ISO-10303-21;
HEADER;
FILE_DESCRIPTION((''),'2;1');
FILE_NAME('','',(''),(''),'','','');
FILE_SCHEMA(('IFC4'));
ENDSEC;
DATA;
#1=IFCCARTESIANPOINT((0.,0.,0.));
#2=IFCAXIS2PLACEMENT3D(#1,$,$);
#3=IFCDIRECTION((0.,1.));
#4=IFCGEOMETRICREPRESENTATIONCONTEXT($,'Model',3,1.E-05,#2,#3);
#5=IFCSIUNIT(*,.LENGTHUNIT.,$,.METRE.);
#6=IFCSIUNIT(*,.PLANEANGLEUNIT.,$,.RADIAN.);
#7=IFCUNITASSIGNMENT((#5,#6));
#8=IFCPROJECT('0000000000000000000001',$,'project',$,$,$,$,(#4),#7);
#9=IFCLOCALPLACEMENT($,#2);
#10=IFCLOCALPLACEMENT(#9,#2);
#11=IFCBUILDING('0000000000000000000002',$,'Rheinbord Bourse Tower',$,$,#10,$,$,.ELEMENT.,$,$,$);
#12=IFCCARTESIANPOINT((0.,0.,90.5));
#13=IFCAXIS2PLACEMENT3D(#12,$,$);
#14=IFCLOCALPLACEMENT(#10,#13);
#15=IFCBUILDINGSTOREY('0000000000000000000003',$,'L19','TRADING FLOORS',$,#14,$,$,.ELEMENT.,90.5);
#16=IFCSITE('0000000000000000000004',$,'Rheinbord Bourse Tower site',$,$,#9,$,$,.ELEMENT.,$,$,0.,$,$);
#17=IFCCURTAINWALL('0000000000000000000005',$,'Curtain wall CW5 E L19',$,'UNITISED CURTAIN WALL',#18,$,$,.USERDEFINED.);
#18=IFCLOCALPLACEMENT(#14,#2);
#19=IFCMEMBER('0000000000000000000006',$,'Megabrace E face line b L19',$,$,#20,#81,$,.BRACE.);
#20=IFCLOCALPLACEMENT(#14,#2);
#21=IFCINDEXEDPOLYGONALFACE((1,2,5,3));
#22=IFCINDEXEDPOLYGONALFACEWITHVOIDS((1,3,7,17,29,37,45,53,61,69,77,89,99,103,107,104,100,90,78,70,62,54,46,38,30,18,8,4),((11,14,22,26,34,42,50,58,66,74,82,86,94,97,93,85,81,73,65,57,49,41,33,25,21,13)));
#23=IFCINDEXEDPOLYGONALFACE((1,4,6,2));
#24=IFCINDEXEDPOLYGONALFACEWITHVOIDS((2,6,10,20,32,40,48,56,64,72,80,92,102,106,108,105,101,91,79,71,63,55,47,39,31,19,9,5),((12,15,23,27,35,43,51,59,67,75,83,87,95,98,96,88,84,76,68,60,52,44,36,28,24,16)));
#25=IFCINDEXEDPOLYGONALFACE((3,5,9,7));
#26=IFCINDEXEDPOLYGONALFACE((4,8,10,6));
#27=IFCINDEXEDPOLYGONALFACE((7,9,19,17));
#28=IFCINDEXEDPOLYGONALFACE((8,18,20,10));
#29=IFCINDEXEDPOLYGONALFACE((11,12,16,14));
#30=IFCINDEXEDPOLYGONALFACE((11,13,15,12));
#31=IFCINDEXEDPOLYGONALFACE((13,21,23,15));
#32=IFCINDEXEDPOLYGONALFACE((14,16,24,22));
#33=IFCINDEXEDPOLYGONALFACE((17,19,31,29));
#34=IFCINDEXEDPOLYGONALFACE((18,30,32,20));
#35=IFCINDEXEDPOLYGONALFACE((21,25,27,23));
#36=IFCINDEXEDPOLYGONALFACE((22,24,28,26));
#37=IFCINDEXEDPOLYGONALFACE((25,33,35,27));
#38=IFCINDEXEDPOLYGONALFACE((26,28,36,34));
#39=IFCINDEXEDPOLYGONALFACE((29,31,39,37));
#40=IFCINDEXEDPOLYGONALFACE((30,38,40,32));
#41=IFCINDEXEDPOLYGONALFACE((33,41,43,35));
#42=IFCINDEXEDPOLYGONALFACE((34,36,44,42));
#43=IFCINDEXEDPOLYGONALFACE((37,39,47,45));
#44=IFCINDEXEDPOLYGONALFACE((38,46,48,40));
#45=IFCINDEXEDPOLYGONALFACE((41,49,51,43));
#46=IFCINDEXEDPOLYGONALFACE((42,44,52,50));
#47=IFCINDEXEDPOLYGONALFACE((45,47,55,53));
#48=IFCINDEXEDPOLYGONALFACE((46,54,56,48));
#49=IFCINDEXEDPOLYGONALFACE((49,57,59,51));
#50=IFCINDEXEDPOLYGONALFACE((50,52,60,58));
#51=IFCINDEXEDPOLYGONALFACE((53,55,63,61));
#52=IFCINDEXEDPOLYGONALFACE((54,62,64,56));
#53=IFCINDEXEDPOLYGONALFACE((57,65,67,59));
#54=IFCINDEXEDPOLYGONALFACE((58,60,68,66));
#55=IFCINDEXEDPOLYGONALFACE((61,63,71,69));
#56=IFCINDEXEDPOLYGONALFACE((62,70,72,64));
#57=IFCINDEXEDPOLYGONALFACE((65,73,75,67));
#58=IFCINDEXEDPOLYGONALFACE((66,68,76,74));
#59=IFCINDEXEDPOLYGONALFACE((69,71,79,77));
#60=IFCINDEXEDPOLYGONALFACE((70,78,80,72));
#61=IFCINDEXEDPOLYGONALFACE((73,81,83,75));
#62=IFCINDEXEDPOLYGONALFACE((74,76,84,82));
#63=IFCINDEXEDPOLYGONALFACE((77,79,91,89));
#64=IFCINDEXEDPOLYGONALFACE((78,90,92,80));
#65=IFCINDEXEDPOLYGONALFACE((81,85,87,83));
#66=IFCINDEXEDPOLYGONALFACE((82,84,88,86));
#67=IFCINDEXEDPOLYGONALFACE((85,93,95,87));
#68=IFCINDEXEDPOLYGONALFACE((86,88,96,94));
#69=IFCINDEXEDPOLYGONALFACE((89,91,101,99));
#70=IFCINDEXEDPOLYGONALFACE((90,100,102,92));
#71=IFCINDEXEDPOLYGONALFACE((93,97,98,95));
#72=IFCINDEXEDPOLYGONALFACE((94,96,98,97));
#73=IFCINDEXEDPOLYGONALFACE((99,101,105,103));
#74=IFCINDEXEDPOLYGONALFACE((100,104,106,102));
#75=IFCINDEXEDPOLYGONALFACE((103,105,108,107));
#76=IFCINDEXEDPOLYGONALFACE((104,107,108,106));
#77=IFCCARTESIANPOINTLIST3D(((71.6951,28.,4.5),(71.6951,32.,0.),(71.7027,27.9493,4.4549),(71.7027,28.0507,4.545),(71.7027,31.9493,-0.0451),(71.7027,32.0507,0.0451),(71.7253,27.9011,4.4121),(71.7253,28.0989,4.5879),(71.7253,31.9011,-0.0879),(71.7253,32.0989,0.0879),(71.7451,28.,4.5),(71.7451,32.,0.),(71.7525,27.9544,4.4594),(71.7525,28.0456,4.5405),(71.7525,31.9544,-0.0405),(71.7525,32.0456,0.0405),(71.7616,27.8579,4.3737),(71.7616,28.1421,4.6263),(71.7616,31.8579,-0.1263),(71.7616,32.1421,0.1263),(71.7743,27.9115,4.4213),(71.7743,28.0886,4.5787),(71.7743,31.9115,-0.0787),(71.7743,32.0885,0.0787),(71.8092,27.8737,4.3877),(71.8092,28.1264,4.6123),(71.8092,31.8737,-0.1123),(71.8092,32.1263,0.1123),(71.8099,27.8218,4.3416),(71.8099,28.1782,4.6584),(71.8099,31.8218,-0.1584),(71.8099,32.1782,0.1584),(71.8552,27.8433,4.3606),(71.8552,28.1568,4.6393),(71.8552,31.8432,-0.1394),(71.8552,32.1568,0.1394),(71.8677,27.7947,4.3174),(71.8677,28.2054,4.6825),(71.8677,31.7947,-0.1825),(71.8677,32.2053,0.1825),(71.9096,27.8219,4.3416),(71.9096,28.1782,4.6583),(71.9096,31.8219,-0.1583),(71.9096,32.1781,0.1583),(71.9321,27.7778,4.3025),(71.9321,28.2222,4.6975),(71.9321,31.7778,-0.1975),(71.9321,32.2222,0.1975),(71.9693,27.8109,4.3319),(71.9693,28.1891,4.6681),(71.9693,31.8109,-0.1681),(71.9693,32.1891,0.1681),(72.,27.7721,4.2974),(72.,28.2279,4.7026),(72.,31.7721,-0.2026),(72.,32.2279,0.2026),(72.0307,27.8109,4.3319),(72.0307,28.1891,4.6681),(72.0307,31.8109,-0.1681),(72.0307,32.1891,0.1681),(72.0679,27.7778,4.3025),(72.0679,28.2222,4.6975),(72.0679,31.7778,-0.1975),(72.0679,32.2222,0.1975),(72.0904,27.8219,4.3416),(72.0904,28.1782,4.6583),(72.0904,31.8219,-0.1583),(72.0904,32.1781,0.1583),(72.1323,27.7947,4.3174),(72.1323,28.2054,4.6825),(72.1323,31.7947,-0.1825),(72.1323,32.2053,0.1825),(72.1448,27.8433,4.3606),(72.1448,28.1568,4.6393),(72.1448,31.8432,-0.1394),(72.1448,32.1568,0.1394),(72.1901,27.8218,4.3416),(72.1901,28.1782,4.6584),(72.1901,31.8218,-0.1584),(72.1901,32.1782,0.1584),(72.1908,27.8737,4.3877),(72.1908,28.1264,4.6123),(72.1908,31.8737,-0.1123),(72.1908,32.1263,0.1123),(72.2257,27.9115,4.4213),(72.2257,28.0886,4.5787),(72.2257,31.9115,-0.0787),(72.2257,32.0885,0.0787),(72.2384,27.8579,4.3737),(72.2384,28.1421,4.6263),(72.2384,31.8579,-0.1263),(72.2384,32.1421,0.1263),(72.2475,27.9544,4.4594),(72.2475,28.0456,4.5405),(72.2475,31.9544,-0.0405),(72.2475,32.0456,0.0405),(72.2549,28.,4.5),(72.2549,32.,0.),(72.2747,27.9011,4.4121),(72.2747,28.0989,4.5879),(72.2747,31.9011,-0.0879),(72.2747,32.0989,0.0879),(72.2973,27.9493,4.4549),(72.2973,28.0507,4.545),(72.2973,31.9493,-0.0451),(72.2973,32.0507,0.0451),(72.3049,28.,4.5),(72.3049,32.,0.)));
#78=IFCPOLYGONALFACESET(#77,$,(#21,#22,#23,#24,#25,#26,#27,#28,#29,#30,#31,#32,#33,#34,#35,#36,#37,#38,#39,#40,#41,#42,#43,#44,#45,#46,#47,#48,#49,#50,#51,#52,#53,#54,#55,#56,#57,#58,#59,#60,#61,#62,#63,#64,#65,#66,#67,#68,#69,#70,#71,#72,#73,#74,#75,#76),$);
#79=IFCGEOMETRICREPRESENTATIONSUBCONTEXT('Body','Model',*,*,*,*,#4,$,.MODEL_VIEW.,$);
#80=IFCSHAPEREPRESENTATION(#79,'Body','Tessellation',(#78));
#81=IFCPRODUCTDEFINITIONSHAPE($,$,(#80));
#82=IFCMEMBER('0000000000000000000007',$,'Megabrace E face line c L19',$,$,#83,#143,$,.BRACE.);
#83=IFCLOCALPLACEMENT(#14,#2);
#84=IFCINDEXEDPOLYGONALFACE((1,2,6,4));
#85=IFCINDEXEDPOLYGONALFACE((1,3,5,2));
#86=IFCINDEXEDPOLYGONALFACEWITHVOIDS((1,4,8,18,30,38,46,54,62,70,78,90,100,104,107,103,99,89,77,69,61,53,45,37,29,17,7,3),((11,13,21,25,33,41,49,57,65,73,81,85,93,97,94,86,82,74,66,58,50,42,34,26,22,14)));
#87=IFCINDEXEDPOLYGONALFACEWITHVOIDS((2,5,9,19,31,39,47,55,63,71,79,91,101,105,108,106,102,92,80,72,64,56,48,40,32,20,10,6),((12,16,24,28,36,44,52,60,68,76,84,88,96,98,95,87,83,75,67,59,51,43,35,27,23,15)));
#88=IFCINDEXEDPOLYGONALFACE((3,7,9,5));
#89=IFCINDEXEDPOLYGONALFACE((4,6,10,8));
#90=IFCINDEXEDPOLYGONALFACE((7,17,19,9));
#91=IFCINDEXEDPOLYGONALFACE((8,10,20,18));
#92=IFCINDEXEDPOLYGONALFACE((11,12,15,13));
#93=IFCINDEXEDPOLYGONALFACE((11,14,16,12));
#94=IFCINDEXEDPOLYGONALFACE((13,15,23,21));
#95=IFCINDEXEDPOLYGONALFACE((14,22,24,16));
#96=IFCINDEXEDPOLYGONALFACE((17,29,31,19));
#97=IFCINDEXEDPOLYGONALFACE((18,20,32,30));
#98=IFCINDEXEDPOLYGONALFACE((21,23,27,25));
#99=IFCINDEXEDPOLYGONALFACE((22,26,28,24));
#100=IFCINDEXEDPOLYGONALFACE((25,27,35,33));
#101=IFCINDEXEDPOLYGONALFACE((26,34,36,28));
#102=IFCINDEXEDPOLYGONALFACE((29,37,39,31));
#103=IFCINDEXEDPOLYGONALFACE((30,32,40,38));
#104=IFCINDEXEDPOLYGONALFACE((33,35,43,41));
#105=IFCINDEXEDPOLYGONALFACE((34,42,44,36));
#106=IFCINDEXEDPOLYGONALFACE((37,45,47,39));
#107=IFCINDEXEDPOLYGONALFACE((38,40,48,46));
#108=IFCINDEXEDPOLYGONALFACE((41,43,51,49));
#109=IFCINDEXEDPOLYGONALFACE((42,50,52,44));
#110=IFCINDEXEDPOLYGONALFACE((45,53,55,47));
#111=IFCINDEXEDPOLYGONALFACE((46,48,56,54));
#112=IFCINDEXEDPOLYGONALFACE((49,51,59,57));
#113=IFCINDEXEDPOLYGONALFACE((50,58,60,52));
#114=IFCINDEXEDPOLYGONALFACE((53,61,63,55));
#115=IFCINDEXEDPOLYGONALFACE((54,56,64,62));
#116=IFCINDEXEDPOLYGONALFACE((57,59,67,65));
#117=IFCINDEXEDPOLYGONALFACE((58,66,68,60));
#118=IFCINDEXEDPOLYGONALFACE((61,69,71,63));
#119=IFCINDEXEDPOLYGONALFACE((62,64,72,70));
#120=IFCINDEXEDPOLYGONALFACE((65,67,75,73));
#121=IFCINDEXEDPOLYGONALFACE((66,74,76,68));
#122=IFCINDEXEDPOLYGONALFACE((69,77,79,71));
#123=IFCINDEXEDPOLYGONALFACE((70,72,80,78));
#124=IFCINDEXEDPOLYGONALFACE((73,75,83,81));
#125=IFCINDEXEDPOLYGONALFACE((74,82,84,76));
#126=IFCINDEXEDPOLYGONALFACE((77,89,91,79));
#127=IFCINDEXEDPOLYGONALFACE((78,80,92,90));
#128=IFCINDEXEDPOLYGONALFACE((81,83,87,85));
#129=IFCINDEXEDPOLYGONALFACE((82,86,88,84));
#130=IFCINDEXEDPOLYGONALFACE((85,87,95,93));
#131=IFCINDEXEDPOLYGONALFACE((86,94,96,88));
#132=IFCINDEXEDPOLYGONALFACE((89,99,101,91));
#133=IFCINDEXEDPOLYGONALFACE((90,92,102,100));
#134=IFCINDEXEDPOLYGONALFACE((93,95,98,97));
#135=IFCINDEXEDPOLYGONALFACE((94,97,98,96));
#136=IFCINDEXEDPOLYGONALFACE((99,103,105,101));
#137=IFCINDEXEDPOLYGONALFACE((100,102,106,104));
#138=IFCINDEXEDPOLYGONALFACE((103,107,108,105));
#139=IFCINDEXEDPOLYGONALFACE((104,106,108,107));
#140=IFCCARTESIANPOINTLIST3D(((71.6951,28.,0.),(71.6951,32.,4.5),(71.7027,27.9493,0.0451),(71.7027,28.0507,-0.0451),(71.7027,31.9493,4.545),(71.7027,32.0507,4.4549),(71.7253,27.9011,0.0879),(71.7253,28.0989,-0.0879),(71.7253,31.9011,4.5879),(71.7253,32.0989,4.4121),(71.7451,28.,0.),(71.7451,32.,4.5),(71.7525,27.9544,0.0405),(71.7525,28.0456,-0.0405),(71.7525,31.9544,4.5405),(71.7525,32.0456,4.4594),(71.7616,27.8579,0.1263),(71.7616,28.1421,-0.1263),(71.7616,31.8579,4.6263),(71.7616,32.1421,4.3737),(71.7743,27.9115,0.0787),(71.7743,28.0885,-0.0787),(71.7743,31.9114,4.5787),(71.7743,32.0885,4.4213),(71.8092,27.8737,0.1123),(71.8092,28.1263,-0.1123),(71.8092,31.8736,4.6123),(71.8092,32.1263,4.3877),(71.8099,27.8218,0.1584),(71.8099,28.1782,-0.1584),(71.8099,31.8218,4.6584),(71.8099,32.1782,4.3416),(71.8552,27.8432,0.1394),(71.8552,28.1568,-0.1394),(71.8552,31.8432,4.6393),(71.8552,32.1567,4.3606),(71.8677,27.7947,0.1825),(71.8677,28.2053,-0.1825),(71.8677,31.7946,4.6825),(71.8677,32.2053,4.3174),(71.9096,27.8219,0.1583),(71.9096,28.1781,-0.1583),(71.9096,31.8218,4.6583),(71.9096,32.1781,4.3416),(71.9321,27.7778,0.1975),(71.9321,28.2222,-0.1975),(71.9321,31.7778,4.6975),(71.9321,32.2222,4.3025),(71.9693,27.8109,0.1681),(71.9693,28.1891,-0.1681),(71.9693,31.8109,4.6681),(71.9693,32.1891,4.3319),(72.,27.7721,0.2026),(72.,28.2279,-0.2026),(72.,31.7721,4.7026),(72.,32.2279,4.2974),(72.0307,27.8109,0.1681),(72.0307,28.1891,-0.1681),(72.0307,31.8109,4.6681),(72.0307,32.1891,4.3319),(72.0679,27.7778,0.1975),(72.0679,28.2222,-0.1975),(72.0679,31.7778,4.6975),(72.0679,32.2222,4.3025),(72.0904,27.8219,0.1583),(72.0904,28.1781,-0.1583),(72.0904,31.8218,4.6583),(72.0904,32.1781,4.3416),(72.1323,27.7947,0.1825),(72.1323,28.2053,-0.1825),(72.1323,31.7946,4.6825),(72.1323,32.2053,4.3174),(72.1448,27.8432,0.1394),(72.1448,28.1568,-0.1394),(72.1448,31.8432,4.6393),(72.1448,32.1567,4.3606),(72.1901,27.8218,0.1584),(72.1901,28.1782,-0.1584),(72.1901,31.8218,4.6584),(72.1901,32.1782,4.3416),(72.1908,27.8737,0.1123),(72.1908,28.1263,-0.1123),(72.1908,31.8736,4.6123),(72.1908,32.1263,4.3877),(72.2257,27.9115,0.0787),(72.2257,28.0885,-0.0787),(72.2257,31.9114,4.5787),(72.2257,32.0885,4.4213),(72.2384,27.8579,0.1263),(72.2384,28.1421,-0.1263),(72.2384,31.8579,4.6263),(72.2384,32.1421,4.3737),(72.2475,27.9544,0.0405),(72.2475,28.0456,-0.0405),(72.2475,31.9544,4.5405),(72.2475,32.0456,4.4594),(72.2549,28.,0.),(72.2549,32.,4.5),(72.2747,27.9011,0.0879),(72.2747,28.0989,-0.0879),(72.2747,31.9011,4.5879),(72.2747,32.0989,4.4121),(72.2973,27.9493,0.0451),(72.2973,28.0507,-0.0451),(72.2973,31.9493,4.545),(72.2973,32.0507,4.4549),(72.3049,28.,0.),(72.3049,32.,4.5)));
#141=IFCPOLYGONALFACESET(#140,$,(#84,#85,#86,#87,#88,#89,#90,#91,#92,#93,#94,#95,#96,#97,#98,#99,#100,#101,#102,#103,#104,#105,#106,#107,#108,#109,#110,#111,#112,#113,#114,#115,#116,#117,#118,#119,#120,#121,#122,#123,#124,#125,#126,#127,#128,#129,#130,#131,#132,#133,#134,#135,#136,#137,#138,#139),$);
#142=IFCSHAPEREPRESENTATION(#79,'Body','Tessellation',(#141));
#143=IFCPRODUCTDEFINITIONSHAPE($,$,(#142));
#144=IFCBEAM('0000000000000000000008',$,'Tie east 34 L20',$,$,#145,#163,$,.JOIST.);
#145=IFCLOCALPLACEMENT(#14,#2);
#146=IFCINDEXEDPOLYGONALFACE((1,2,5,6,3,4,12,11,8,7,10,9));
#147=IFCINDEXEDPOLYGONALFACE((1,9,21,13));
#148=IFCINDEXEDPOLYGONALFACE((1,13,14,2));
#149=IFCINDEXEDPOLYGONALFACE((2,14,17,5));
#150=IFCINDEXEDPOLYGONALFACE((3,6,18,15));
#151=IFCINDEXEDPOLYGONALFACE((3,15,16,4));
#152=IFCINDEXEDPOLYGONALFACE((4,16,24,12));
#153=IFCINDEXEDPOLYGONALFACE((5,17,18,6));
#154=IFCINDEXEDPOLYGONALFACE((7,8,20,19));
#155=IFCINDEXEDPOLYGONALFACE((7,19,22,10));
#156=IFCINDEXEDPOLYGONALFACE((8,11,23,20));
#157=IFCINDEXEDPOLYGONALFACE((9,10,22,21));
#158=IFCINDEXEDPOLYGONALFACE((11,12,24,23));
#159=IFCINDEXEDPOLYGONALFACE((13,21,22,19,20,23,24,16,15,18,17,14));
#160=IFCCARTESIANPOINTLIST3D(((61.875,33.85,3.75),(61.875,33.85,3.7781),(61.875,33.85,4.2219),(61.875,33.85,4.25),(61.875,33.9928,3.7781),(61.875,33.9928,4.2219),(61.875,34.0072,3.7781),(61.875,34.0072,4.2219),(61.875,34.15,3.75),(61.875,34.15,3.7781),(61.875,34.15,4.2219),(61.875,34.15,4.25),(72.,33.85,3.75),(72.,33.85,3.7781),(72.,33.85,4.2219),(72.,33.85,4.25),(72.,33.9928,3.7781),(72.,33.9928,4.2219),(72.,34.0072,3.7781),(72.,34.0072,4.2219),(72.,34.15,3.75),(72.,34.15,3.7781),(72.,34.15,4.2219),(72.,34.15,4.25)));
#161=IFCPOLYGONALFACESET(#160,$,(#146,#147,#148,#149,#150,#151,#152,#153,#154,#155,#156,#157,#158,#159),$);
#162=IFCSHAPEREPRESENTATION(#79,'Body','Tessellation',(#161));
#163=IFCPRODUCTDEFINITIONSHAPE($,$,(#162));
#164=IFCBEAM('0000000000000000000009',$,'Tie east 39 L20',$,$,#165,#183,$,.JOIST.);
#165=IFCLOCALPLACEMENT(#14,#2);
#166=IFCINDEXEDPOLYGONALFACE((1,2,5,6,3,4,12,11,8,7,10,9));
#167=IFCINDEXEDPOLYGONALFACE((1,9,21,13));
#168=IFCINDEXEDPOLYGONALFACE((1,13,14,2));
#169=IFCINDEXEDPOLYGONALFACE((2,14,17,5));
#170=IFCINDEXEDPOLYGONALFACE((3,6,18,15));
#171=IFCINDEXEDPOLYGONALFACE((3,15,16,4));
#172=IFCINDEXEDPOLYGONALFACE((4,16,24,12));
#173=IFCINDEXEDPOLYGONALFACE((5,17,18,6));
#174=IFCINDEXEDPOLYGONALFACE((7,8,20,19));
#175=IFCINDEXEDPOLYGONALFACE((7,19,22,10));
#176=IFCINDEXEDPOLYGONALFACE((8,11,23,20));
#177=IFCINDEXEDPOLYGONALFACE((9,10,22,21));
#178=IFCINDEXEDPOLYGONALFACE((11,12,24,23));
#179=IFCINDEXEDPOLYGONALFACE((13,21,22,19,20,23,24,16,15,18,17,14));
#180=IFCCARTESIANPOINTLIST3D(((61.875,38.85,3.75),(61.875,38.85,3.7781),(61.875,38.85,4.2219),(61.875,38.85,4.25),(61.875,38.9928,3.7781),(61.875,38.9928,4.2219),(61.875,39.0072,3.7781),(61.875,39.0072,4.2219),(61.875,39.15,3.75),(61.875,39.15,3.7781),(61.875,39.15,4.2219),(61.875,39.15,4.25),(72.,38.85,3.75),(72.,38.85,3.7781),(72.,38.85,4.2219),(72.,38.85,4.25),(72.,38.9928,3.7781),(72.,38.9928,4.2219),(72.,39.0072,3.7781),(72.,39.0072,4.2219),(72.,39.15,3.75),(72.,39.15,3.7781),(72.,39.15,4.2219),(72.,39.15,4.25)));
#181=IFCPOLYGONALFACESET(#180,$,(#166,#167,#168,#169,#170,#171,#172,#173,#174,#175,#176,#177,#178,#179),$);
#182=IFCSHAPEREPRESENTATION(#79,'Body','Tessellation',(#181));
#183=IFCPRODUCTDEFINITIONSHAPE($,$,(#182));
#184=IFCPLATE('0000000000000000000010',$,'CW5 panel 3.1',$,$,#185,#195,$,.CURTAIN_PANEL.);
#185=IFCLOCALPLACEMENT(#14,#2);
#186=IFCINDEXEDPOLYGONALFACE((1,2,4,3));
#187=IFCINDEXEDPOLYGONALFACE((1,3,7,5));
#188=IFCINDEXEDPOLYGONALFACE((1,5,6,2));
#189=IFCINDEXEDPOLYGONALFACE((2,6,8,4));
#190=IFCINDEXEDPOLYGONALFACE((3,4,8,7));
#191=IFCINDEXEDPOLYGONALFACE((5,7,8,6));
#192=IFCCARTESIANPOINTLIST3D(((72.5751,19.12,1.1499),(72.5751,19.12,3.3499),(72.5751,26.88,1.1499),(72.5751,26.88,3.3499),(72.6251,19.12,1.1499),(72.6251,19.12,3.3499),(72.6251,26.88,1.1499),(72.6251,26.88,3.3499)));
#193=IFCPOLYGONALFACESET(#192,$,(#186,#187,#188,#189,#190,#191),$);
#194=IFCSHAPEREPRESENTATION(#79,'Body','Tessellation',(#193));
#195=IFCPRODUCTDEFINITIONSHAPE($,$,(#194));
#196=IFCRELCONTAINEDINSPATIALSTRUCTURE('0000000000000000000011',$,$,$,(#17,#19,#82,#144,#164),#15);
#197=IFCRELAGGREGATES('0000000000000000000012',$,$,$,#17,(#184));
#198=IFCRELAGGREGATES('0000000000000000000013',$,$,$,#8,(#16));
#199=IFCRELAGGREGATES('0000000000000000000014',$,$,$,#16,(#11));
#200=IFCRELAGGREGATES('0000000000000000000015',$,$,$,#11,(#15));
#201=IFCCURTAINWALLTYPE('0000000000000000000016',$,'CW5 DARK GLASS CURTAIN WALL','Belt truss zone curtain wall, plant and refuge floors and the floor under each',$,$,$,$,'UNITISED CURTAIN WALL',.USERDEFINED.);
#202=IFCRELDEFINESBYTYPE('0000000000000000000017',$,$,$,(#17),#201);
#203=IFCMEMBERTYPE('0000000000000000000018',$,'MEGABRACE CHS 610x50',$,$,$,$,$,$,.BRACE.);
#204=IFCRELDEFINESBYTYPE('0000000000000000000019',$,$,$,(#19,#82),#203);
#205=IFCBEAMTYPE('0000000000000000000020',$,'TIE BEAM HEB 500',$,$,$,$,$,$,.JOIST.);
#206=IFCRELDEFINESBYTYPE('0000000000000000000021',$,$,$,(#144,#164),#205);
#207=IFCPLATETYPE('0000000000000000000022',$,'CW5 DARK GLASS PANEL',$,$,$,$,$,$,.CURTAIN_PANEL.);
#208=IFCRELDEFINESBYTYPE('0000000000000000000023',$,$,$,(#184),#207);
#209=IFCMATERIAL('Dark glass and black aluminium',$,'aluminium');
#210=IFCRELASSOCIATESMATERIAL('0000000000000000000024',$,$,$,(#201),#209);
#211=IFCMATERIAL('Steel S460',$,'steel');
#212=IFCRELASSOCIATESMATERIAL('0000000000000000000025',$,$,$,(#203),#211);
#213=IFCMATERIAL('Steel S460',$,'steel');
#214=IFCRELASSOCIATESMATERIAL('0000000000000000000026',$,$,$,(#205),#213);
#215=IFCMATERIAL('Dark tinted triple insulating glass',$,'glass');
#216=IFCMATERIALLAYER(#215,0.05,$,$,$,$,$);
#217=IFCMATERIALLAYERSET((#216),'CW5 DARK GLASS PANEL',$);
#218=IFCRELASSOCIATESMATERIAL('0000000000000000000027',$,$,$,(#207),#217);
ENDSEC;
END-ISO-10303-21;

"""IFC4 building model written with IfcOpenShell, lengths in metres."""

from ifc_helpers import new_model, si_unit, direction, frame, origin, origin_2d, place, context, subcontext, project, spatial, rectangle, hollow_circle, i_section, extrude, material, layer, layer_set, material_profile, profile_set, type_object, element, aggregate, save


model = new_model("IFC4")

# Units and contexts
model_context = context("Model", 3, precision=1e-05, world=origin(), true_north=direction((0.0, 1.0)))
body_context = subcontext(model_context, "Body", "Model", "MODEL_VIEW")
ifc_project = project(units=[si_unit("LENGTHUNIT", "METRE"), si_unit("PLANEANGLEUNIT", "RADIAN")], contexts=[model_context])

# Site, building, storey
site_placement = place(None, origin())
site = spatial("IfcSite", under=ifc_project, at=site_placement, Name="Rheinbord Bourse Tower site", CompositionType="ELEMENT", RefElevation=0.0)
building_placement = place(site_placement, origin())
building = spatial("IfcBuilding", under=site, at=building_placement, Name="Rheinbord Bourse Tower", CompositionType="ELEMENT")
storey_placement = place(building_placement, frame((0.0, 0.0, 90.5)))
storey = spatial("IfcBuildingStorey", under=building, at=storey_placement, Name="L19", Description="TRADING FLOORS", CompositionType="ELEMENT", Elevation=90.5)

# Curtain wall
ifc_material_1 = material(Name="Dark glass and black aluminium", Category="aluminium")
curtain_wall_type = type_object("IfcCurtainWallType", Name="CW5 DARK GLASS CURTAIN WALL", Description="Belt truss zone curtain wall, plant and refuge floors and the floor under each", ElementType="UNITISED CURTAIN WALL", PredefinedType="USERDEFINED", material=ifc_material_1)
curtain_wall_placement = place(storey_placement, origin())
curtain_wall = element("IfcCurtainWall", 1, at=curtain_wall_placement, inside=storey, type_object=curtain_wall_type, Name="Curtain wall CW5 E L19", ObjectType="UNITISED CURTAIN WALL", PredefinedType="USERDEFINED")

# Members
ifc_material_2 = material(Name="Steel S460", Category="steel")
ifc_material_profile_1 = material_profile(ifc_material_2, hollow_circle(Radius=0.3049, WallThickness=0.05, at=origin_2d()), Name="CHS 610x50")
ifc_profile_set_1 = profile_set([ifc_material_profile_1], Name="Steel S460")
member_type_1 = type_object("IfcMemberType", Name="MEGABRACE CHS 610x50", PredefinedType="BRACE", material=ifc_profile_set_1)
for number, where, z_axis, x_axis, name in (
    (2, (72.0, 32.0, 0.0), (0.0, -0.664364, 0.747409), (1.0, 0.0, 0.0), "Megabrace E face line b L19"),
    (3, (72.0, 28.0, 0.0), (0.0, 0.664364, 0.747409), (-1.0, 0.0, 0.0), "Megabrace E face line c L19"),
):
    element("IfcMember", number, at=place(storey_placement, frame(where, z_axis=z_axis, x_axis=x_axis)), inside=storey, type_object=member_type_1, Name=name, PredefinedType="BRACE", context=body_context, shape_type="SweptSolid", body=[
        extrude(hollow_circle(Radius=0.3049, WallThickness=0.05, at=origin_2d()), origin(), (0.0, 0.0, 1.0), 6.0208),
    ])

# Beams
ifc_material_3 = material(Name="Steel S460", Category="steel")
ifc_material_profile_2 = material_profile(ifc_material_3, i_section(OverallWidth=0.3, OverallDepth=0.5, WebThickness=0.0144, FlangeThickness=0.0281, at=origin_2d()), Name="HEB 500")
ifc_profile_set_2 = profile_set([ifc_material_profile_2], Name="Steel S460")
beam_type_1 = type_object("IfcBeamType", Name="TIE BEAM HEB 500", PredefinedType="JOIST", material=ifc_profile_set_2)
for number, where, z_axis, x_axis, name in (
    (4, (61.875, 34.0, 4.0), (1.0, 0.0, 0.0), (0.0, 1.0, 0.0), "Tie east 34 L20"),
    (5, (61.875, 39.0, 4.0), (1.0, 0.0, 0.0), (0.0, 1.0, 0.0), "Tie east 39 L20"),
):
    element("IfcBeam", number, at=place(storey_placement, frame(where, z_axis=z_axis, x_axis=x_axis)), inside=storey, type_object=beam_type_1, Name=name, PredefinedType="JOIST", context=body_context, shape_type="SweptSolid", body=[
        extrude(i_section(OverallWidth=0.3, OverallDepth=0.5, WebThickness=0.0144, FlangeThickness=0.0281, at=origin_2d()), origin(), (0.0, 0.0, 1.0), 10.125),
    ])

# Plate
ifc_material_4 = material(Name="Dark tinted triple insulating glass", Category="glass")
ifc_layer_1 = layer(ifc_material_4, 0.05)
ifc_layer_set_1 = layer_set([ifc_layer_1], Name="CW5 DARK GLASS PANEL")
plate_type = type_object("IfcPlateType", Name="CW5 DARK GLASS PANEL", PredefinedType="CURTAIN_PANEL", material=ifc_layer_set_1)
plate_1_placement = place(storey_placement, frame((72.6001, 23.0, 1.1499), z_axis=(0.0, 0.0, 1.0), x_axis=(0.0, 1.0, 0.0)))
plate_1 = element("IfcPlate", 6, at=plate_1_placement, type_object=plate_type, Name="CW5 panel 3.1", PredefinedType="CURTAIN_PANEL", context=body_context, shape_type="SweptSolid", body=[
    extrude(rectangle(XDim=7.76, YDim=0.05, at=origin_2d()), origin(), (0.0, 0.0, 1.0), 2.2),
])
aggregate(curtain_wall, [plate_1])

save(model, "model.ifc")
